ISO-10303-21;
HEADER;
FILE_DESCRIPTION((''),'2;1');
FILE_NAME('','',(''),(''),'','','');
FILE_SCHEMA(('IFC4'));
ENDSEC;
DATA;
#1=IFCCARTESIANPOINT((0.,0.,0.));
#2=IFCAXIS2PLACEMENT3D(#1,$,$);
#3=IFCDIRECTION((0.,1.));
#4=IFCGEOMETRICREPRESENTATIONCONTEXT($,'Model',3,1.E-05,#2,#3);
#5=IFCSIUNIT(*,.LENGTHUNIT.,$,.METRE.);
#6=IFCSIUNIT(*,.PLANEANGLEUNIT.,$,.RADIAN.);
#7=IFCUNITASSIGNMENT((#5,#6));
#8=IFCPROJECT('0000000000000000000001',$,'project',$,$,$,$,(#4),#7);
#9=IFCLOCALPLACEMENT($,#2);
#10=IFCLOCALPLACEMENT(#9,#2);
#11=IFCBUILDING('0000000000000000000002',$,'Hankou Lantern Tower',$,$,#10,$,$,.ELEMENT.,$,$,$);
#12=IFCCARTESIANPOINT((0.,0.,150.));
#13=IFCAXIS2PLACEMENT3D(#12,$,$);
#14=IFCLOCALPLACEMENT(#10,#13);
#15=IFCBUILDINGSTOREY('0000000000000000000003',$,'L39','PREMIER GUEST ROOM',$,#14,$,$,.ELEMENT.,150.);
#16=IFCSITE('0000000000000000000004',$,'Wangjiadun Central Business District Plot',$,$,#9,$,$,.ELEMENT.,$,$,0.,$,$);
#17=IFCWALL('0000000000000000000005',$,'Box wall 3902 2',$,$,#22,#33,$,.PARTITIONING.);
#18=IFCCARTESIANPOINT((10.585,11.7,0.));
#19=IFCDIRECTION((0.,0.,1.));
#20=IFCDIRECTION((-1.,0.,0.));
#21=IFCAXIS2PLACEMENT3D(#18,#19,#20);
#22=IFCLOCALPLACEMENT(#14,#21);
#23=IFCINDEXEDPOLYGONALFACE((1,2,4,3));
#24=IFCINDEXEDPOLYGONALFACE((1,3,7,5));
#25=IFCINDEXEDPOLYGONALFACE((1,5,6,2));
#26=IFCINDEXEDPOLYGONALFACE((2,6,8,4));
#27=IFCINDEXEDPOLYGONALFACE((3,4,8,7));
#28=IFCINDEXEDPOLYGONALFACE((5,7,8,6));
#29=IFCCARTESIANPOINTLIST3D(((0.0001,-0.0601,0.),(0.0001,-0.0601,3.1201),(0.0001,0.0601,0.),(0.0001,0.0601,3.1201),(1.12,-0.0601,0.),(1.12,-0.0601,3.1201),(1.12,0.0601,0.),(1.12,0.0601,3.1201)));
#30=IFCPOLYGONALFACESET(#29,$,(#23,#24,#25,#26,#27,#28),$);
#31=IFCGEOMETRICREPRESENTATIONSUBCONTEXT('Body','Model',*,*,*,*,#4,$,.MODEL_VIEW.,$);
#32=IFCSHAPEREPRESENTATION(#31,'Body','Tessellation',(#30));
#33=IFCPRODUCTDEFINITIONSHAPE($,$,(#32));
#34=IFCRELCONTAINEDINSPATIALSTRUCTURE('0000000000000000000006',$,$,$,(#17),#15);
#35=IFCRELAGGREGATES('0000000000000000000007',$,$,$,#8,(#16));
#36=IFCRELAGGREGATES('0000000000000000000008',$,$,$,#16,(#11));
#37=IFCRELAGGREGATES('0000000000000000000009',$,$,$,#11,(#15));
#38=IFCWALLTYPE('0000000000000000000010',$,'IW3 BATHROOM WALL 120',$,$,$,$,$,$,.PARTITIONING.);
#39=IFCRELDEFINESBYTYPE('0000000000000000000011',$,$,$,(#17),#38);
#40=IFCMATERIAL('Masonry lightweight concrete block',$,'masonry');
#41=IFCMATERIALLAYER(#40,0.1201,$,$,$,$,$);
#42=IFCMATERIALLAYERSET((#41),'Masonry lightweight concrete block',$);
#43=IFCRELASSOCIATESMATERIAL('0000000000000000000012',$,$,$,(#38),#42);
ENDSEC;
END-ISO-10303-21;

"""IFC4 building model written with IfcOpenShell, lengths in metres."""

from ifc_helpers import new_model, si_unit, direction, frame, frame_2d, origin, place, context, subcontext, project, spatial, rectangle, extrude, material, layer, layer_set, type_object, element, save


model = new_model("IFC4")

# Units and contexts
model_context = context("Model", 3, precision=1e-05, world=origin(), true_north=direction((0.0, 1.0)))
body_context = subcontext(model_context, "Body", "Model", "MODEL_VIEW")
ifc_project = project(units=[si_unit("LENGTHUNIT", "METRE"), si_unit("PLANEANGLEUNIT", "RADIAN")], contexts=[model_context])

# Site, building, storey
site_placement = place(None, origin())
site = spatial("IfcSite", under=ifc_project, at=site_placement, Name="Wangjiadun Central Business District Plot", CompositionType="ELEMENT", RefElevation=0.0)
building_placement = place(site_placement, origin())
building = spatial("IfcBuilding", under=site, at=building_placement, Name="Hankou Lantern Tower", CompositionType="ELEMENT")
storey_placement = place(building_placement, frame((0.0, 0.0, 150.0)))
storey = spatial("IfcBuildingStorey", under=building, at=storey_placement, Name="L39", Description="PREMIER GUEST ROOM", CompositionType="ELEMENT", Elevation=150.0)

# Wall
ifc_material_1 = material(Name="Masonry lightweight concrete block", Category="masonry")
ifc_layer_1 = layer(ifc_material_1, 0.1201)
ifc_layer_set_1 = layer_set([ifc_layer_1], Name="Masonry lightweight concrete block")
wall_type_1 = type_object("IfcWallType", Name="IW3 BATHROOM WALL 120", PredefinedType="PARTITIONING", material=ifc_layer_set_1)
wall_1_placement = place(storey_placement, frame((10.585, 11.7, 0.0), z_axis=(0.0, 0.0, 1.0), x_axis=(-1.0, 0.0, 0.0)))
element("IfcWall", 1, at=wall_1_placement, inside=storey, type_object=wall_type_1, Name="Box wall 3902 2", PredefinedType="PARTITIONING", context=body_context, shape_type="SweptSolid", body=[
    extrude(rectangle(XDim=1.1199, YDim=0.1201, at=frame_2d((0.5601, 0.0))), origin(), (0.0, 0.0, 1.0), 3.1201),
])

save(model, "model.ifc")
